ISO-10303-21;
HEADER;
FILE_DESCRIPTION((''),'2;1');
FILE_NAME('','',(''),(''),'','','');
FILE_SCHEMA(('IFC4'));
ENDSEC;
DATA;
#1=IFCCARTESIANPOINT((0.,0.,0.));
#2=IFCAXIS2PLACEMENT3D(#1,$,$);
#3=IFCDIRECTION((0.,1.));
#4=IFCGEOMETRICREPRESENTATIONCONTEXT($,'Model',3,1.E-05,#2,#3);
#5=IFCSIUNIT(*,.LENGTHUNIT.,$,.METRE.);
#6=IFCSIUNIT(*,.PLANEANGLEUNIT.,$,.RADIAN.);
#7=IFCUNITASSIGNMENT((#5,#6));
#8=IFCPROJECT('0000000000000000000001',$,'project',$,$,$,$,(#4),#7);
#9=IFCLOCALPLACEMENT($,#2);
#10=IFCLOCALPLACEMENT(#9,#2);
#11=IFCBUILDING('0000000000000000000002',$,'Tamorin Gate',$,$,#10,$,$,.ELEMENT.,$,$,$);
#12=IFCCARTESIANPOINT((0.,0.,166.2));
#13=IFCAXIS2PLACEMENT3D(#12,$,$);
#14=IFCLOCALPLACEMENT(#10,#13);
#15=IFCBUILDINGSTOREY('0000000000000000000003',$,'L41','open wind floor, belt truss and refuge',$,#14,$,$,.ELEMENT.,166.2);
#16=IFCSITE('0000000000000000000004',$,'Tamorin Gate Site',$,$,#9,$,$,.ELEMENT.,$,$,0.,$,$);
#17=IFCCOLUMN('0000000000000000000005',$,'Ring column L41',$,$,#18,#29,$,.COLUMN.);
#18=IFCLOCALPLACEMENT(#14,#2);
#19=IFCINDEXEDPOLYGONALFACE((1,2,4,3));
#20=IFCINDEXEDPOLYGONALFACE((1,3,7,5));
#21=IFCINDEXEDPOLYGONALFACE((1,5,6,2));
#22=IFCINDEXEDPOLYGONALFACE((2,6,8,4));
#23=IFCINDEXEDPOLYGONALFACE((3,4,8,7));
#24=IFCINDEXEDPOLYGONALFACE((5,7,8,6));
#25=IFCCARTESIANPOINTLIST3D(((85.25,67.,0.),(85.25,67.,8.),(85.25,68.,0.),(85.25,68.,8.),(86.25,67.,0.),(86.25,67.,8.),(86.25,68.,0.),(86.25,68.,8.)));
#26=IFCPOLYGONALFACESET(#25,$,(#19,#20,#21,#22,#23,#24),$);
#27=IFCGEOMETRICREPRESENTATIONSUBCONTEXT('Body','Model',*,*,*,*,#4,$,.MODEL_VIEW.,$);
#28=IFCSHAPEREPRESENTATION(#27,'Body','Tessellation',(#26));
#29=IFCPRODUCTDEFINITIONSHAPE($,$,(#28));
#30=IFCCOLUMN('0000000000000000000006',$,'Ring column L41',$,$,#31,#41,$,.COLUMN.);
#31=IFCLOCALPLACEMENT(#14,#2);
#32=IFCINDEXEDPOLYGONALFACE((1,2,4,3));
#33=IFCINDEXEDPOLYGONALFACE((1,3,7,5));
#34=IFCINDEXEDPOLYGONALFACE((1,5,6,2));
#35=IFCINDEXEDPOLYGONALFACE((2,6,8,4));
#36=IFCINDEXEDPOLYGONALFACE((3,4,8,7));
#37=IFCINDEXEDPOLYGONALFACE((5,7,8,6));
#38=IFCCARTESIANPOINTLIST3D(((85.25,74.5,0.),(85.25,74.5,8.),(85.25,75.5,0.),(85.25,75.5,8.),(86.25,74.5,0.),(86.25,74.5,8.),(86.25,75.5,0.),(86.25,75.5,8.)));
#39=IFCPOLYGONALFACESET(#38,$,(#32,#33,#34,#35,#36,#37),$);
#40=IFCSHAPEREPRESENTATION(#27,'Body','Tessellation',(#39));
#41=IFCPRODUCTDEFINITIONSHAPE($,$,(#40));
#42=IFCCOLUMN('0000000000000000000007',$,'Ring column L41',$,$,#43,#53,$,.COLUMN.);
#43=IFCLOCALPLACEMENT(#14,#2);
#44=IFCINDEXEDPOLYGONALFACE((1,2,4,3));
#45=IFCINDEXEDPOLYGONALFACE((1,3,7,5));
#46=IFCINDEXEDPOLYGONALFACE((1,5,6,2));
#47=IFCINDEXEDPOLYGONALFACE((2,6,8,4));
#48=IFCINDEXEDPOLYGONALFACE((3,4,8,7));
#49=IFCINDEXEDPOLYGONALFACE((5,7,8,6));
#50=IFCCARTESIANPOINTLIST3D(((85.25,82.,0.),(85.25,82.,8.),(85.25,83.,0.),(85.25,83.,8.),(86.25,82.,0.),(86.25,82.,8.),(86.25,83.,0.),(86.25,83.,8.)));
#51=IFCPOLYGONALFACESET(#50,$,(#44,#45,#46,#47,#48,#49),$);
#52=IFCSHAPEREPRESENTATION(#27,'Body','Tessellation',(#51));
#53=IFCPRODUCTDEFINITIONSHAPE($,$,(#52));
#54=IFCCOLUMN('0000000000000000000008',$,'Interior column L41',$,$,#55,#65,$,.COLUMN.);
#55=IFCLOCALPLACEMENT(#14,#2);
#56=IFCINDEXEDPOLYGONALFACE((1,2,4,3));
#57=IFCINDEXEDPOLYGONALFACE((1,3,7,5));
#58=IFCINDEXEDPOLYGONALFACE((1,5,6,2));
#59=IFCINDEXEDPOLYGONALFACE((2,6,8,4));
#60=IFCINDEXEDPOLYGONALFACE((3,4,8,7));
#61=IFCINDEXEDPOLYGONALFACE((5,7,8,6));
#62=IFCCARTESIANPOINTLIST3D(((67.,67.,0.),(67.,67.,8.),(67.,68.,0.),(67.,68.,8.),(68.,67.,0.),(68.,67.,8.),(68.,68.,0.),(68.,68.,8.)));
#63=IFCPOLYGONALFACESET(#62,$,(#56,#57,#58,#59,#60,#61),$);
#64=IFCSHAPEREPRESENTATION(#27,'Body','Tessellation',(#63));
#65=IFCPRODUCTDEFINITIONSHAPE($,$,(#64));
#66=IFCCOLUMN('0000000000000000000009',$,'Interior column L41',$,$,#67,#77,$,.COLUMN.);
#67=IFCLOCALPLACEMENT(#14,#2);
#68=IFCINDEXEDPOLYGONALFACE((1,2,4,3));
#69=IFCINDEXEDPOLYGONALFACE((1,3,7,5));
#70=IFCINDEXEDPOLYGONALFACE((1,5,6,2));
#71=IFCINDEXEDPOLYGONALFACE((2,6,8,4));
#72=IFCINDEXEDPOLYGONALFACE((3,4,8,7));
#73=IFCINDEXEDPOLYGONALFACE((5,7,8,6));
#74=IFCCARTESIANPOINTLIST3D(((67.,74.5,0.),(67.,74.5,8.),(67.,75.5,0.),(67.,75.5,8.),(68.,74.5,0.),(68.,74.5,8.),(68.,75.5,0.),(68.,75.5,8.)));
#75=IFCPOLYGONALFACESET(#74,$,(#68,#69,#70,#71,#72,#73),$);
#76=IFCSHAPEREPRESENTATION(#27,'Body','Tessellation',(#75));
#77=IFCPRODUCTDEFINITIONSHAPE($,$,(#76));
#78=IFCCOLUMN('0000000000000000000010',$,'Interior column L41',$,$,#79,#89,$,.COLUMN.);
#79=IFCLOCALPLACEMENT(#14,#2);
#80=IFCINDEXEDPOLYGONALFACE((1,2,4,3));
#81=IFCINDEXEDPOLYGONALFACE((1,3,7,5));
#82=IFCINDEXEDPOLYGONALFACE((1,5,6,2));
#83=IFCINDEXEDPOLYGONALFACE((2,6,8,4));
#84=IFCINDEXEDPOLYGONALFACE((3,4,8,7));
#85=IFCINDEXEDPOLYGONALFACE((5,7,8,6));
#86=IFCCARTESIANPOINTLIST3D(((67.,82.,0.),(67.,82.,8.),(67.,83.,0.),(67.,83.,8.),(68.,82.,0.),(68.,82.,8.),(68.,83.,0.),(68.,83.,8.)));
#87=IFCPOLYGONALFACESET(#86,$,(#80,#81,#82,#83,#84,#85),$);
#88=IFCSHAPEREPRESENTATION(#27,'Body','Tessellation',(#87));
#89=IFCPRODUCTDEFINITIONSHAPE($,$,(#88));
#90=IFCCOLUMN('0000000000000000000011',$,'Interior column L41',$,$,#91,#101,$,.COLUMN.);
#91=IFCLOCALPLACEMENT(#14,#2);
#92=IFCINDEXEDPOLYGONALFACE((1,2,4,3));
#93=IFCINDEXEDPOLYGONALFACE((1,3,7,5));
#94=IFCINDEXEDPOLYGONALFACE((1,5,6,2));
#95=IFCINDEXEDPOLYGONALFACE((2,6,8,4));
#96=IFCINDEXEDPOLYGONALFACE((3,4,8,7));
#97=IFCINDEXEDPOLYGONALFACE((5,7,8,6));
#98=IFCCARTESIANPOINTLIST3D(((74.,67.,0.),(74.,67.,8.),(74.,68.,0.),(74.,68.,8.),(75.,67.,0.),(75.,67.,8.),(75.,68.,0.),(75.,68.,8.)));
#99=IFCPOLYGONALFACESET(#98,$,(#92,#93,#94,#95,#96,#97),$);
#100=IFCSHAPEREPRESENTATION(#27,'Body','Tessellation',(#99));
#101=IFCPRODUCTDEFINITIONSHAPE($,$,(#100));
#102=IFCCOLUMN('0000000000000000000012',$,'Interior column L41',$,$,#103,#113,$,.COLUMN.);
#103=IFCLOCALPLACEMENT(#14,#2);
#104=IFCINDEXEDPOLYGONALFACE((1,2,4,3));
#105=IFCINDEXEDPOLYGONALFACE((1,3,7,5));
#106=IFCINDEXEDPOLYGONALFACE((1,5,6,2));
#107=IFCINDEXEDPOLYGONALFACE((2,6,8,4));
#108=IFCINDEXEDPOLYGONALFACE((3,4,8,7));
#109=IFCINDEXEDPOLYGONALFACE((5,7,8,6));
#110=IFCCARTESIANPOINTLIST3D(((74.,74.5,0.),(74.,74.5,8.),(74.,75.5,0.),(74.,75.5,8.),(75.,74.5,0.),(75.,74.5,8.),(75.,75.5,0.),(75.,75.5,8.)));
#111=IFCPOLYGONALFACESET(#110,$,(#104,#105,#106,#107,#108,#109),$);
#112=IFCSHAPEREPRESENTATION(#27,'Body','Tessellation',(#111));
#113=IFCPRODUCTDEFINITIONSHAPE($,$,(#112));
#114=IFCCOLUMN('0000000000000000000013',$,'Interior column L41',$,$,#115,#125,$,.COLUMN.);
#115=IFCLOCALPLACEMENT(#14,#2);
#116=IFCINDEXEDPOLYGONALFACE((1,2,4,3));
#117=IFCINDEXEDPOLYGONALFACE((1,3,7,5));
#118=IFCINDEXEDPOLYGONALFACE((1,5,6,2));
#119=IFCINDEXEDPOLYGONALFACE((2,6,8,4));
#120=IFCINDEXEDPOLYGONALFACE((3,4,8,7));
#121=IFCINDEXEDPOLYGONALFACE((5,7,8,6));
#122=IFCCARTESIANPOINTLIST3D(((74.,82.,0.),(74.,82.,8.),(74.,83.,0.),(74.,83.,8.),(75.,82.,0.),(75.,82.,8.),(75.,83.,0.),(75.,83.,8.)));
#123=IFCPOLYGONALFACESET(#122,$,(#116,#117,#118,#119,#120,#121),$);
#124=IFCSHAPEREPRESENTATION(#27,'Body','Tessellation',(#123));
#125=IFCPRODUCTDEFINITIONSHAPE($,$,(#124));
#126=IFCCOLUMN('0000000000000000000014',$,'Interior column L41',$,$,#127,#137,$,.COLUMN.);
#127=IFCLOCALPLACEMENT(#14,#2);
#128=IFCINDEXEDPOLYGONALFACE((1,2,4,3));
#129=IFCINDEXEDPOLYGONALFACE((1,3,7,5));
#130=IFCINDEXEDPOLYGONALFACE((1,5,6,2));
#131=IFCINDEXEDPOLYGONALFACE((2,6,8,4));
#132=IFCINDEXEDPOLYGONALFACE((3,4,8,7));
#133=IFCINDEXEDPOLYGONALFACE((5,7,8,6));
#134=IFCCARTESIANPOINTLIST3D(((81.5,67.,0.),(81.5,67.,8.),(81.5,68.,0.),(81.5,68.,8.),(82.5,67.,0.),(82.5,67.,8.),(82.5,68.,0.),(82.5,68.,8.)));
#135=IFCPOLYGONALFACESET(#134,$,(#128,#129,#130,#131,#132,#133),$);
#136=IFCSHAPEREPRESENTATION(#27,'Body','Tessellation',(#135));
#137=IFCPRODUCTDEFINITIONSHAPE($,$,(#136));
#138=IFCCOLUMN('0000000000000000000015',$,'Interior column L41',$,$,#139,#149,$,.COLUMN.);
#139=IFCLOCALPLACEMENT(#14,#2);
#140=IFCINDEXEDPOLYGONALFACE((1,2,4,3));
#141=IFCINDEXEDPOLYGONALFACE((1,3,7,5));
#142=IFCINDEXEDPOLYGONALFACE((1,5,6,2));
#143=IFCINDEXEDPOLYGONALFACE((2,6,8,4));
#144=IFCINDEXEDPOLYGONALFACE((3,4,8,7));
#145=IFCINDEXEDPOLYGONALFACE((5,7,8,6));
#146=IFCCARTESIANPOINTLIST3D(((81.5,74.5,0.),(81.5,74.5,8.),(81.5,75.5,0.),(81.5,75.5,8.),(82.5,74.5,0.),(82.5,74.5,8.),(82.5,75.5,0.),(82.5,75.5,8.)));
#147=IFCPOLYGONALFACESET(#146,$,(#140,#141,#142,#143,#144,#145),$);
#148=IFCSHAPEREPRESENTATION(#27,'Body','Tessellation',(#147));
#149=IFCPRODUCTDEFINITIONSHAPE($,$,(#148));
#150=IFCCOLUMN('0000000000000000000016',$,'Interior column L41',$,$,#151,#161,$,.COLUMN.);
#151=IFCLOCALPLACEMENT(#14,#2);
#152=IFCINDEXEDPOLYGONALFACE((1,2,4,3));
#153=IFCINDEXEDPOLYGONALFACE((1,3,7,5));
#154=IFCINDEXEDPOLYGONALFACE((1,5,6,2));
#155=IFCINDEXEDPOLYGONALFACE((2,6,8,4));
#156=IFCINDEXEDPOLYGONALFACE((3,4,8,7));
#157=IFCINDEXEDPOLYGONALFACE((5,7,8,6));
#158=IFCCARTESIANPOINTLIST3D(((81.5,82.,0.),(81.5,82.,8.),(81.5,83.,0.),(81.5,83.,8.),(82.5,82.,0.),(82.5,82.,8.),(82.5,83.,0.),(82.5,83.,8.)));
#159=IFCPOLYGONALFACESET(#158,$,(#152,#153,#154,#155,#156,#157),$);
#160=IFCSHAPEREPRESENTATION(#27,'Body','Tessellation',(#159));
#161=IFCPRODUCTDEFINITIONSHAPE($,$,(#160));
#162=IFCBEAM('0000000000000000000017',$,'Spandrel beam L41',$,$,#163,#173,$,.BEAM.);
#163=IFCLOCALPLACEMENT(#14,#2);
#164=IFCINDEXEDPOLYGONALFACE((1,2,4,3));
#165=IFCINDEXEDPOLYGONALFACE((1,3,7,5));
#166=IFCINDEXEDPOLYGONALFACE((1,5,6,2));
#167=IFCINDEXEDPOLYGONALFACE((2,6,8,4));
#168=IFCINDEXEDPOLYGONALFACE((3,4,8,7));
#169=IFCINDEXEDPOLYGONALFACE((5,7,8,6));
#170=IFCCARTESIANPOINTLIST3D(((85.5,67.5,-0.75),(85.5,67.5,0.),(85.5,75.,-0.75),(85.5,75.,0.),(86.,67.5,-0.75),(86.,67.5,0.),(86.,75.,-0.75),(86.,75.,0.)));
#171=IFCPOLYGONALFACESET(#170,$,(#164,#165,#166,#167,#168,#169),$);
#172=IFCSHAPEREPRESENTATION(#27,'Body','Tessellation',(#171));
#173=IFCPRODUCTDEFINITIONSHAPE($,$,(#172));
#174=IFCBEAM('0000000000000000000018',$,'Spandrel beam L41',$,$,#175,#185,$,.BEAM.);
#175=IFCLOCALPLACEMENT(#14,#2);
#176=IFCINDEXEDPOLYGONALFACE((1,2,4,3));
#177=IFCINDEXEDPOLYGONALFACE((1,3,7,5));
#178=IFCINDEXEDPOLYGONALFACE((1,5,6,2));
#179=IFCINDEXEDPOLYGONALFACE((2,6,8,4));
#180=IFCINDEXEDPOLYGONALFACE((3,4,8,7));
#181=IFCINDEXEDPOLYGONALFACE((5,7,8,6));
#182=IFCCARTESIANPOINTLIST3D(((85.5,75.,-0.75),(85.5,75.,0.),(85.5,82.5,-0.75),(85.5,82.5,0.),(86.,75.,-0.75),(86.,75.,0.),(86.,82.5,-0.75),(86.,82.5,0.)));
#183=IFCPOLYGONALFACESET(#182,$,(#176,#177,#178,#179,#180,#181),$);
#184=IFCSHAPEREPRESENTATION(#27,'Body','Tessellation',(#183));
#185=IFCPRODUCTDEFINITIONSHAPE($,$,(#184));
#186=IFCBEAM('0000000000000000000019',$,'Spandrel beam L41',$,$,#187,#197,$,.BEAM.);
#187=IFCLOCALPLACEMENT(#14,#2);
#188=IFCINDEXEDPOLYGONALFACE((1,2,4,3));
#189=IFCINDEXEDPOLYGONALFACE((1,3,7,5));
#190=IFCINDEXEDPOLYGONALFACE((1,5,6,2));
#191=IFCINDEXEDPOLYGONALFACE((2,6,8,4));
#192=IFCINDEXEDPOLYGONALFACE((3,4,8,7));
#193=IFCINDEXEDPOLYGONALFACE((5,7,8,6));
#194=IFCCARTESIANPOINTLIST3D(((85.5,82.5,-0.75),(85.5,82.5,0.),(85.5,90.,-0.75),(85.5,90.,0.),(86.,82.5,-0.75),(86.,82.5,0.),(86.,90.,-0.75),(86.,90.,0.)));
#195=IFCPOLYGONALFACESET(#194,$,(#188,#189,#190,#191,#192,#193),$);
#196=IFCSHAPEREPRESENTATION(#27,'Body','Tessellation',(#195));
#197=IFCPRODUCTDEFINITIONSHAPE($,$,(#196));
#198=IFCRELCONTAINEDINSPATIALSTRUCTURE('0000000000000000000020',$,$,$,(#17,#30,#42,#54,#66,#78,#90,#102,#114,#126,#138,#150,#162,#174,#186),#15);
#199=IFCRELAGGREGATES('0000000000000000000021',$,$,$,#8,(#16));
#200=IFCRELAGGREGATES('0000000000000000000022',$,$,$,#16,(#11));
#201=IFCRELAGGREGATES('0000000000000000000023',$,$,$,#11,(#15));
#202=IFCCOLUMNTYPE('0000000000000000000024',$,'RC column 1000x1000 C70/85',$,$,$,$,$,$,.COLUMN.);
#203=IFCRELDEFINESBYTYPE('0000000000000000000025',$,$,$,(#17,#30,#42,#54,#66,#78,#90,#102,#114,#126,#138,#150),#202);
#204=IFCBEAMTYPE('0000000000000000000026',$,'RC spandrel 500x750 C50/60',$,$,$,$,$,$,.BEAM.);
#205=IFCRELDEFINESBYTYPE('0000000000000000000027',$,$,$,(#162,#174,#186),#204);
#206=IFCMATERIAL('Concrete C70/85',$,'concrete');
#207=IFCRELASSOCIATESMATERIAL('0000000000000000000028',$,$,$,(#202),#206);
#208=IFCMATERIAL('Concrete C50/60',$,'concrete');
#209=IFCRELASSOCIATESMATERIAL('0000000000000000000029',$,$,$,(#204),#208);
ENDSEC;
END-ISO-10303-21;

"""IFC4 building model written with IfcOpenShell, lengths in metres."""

from ifc_helpers import new_model, si_unit, direction, frame, origin, origin_2d, place, context, subcontext, project, spatial, rectangle, extrude, material, material_profile, profile_set, type_object, element, save


model = new_model("IFC4")

# Units and contexts
model_context = context("Model", 3, precision=1e-05, world=origin(), true_north=direction((0.0, 1.0)))
body_context = subcontext(model_context, "Body", "Model", "MODEL_VIEW")
ifc_project = project(units=[si_unit("LENGTHUNIT", "METRE"), si_unit("PLANEANGLEUNIT", "RADIAN")], contexts=[model_context])

# Site, building, storey
site_placement = place(None, origin())
site = spatial("IfcSite", under=ifc_project, at=site_placement, Name="Tamorin Gate Site", CompositionType="ELEMENT", RefElevation=0.0)
building_placement = place(site_placement, origin())
building = spatial("IfcBuilding", under=site, at=building_placement, Name="Tamorin Gate", CompositionType="ELEMENT")
storey_placement = place(building_placement, frame((0.0, 0.0, 166.2)))
storey = spatial("IfcBuildingStorey", under=building, at=storey_placement, Name="L41", Description="open wind floor, belt truss and refuge", CompositionType="ELEMENT", Elevation=166.2)

# Columns
ifc_material_1 = material(Name="Concrete C70/85", Category="concrete")
ifc_material_profile_1 = material_profile(ifc_material_1, rectangle(XDim=1.0, YDim=1.0, at=origin_2d()), Name="RC 1000x1000")
ifc_profile_set_1 = profile_set([ifc_material_profile_1], Name="Concrete C70/85")
column_type = type_object("IfcColumnType", Name="RC column 1000x1000 C70/85", PredefinedType="COLUMN", material=ifc_profile_set_1)
for number, where, z_axis, x_axis, name in (
    (1, (85.75, 67.5, 0.0), (0.0, 0.0, 1.0), (1.0, 0.0, 0.0), "Ring column L41"),
    (2, (85.75, 75.0, 0.0), (0.0, 0.0, 1.0), (1.0, 0.0, 0.0), "Ring column L41"),
    (3, (85.75, 82.5, 0.0), (0.0, 0.0, 1.0), (1.0, 0.0, 0.0), "Ring column L41"),
    (4, (67.5, 67.5, 0.0), (0.0, 0.0, 1.0), (1.0, 0.0, 0.0), "Interior column L41"),
    (5, (67.5, 75.0, 0.0), (0.0, 0.0, 1.0), (1.0, 0.0, 0.0), "Interior column L41"),
    (6, (67.5, 82.5, 0.0), (0.0, 0.0, 1.0), (1.0, 0.0, 0.0), "Interior column L41"),
    (7, (74.5, 67.5, 0.0), (0.0, 0.0, 1.0), (1.0, 0.0, 0.0), "Interior column L41"),
    (8, (74.5, 75.0, 0.0), (0.0, 0.0, 1.0), (1.0, 0.0, 0.0), "Interior column L41"),
    (9, (74.5, 82.5, 0.0), (0.0, 0.0, 1.0), (1.0, 0.0, 0.0), "Interior column L41"),
    (10, (82.0, 67.5, 0.0), (0.0, 0.0, 1.0), (1.0, 0.0, 0.0), "Interior column L41"),
    (11, (82.0, 75.0, 0.0), (0.0, 0.0, 1.0), (1.0, 0.0, 0.0), "Interior column L41"),
    (12, (82.0, 82.5, 0.0), (0.0, 0.0, 1.0), (1.0, 0.0, 0.0), "Interior column L41"),
):
    element("IfcColumn", number, at=place(storey_placement, frame(where, z_axis=z_axis, x_axis=x_axis)), inside=storey, type_object=column_type, Name=name, PredefinedType="COLUMN", context=body_context, shape_type="SweptSolid", body=[
        extrude(rectangle(XDim=1.0, YDim=1.0, at=origin_2d()), origin(), (0.0, 0.0, 1.0), 8.0),
    ])

# Beams
ifc_material_2 = material(Name="Concrete C50/60", Category="concrete")
ifc_material_profile_2 = material_profile(ifc_material_2, rectangle(XDim=0.5, YDim=0.75, at=origin_2d()), Name="RC 500x750")
ifc_profile_set_2 = profile_set([ifc_material_profile_2], Name="Concrete C50/60")
beam_type = type_object("IfcBeamType", Name="RC spandrel 500x750 C50/60", PredefinedType="BEAM", material=ifc_profile_set_2)
for number, where, z_axis, x_axis, name in (
    (13, (85.75, 67.5, -0.375), (0.0, 1.0, 0.0), (-1.0, 0.0, 0.0), "Spandrel beam L41"),
    (14, (85.75, 75.0, -0.375), (0.0, 1.0, 0.0), (-1.0, 0.0, 0.0), "Spandrel beam L41"),
    (15, (85.75, 82.5, -0.375), (0.0, 1.0, 0.0), (-1.0, 0.0, 0.0), "Spandrel beam L41"),
):
    element("IfcBeam", number, at=place(storey_placement, frame(where, z_axis=z_axis, x_axis=x_axis)), inside=storey, type_object=beam_type, Name=name, PredefinedType="BEAM", context=body_context, shape_type="SweptSolid", body=[
        extrude(rectangle(XDim=0.5, YDim=0.75, at=origin_2d()), origin(), (0.0, 0.0, 1.0), 7.5),
    ])

save(model, "model.ifc")
